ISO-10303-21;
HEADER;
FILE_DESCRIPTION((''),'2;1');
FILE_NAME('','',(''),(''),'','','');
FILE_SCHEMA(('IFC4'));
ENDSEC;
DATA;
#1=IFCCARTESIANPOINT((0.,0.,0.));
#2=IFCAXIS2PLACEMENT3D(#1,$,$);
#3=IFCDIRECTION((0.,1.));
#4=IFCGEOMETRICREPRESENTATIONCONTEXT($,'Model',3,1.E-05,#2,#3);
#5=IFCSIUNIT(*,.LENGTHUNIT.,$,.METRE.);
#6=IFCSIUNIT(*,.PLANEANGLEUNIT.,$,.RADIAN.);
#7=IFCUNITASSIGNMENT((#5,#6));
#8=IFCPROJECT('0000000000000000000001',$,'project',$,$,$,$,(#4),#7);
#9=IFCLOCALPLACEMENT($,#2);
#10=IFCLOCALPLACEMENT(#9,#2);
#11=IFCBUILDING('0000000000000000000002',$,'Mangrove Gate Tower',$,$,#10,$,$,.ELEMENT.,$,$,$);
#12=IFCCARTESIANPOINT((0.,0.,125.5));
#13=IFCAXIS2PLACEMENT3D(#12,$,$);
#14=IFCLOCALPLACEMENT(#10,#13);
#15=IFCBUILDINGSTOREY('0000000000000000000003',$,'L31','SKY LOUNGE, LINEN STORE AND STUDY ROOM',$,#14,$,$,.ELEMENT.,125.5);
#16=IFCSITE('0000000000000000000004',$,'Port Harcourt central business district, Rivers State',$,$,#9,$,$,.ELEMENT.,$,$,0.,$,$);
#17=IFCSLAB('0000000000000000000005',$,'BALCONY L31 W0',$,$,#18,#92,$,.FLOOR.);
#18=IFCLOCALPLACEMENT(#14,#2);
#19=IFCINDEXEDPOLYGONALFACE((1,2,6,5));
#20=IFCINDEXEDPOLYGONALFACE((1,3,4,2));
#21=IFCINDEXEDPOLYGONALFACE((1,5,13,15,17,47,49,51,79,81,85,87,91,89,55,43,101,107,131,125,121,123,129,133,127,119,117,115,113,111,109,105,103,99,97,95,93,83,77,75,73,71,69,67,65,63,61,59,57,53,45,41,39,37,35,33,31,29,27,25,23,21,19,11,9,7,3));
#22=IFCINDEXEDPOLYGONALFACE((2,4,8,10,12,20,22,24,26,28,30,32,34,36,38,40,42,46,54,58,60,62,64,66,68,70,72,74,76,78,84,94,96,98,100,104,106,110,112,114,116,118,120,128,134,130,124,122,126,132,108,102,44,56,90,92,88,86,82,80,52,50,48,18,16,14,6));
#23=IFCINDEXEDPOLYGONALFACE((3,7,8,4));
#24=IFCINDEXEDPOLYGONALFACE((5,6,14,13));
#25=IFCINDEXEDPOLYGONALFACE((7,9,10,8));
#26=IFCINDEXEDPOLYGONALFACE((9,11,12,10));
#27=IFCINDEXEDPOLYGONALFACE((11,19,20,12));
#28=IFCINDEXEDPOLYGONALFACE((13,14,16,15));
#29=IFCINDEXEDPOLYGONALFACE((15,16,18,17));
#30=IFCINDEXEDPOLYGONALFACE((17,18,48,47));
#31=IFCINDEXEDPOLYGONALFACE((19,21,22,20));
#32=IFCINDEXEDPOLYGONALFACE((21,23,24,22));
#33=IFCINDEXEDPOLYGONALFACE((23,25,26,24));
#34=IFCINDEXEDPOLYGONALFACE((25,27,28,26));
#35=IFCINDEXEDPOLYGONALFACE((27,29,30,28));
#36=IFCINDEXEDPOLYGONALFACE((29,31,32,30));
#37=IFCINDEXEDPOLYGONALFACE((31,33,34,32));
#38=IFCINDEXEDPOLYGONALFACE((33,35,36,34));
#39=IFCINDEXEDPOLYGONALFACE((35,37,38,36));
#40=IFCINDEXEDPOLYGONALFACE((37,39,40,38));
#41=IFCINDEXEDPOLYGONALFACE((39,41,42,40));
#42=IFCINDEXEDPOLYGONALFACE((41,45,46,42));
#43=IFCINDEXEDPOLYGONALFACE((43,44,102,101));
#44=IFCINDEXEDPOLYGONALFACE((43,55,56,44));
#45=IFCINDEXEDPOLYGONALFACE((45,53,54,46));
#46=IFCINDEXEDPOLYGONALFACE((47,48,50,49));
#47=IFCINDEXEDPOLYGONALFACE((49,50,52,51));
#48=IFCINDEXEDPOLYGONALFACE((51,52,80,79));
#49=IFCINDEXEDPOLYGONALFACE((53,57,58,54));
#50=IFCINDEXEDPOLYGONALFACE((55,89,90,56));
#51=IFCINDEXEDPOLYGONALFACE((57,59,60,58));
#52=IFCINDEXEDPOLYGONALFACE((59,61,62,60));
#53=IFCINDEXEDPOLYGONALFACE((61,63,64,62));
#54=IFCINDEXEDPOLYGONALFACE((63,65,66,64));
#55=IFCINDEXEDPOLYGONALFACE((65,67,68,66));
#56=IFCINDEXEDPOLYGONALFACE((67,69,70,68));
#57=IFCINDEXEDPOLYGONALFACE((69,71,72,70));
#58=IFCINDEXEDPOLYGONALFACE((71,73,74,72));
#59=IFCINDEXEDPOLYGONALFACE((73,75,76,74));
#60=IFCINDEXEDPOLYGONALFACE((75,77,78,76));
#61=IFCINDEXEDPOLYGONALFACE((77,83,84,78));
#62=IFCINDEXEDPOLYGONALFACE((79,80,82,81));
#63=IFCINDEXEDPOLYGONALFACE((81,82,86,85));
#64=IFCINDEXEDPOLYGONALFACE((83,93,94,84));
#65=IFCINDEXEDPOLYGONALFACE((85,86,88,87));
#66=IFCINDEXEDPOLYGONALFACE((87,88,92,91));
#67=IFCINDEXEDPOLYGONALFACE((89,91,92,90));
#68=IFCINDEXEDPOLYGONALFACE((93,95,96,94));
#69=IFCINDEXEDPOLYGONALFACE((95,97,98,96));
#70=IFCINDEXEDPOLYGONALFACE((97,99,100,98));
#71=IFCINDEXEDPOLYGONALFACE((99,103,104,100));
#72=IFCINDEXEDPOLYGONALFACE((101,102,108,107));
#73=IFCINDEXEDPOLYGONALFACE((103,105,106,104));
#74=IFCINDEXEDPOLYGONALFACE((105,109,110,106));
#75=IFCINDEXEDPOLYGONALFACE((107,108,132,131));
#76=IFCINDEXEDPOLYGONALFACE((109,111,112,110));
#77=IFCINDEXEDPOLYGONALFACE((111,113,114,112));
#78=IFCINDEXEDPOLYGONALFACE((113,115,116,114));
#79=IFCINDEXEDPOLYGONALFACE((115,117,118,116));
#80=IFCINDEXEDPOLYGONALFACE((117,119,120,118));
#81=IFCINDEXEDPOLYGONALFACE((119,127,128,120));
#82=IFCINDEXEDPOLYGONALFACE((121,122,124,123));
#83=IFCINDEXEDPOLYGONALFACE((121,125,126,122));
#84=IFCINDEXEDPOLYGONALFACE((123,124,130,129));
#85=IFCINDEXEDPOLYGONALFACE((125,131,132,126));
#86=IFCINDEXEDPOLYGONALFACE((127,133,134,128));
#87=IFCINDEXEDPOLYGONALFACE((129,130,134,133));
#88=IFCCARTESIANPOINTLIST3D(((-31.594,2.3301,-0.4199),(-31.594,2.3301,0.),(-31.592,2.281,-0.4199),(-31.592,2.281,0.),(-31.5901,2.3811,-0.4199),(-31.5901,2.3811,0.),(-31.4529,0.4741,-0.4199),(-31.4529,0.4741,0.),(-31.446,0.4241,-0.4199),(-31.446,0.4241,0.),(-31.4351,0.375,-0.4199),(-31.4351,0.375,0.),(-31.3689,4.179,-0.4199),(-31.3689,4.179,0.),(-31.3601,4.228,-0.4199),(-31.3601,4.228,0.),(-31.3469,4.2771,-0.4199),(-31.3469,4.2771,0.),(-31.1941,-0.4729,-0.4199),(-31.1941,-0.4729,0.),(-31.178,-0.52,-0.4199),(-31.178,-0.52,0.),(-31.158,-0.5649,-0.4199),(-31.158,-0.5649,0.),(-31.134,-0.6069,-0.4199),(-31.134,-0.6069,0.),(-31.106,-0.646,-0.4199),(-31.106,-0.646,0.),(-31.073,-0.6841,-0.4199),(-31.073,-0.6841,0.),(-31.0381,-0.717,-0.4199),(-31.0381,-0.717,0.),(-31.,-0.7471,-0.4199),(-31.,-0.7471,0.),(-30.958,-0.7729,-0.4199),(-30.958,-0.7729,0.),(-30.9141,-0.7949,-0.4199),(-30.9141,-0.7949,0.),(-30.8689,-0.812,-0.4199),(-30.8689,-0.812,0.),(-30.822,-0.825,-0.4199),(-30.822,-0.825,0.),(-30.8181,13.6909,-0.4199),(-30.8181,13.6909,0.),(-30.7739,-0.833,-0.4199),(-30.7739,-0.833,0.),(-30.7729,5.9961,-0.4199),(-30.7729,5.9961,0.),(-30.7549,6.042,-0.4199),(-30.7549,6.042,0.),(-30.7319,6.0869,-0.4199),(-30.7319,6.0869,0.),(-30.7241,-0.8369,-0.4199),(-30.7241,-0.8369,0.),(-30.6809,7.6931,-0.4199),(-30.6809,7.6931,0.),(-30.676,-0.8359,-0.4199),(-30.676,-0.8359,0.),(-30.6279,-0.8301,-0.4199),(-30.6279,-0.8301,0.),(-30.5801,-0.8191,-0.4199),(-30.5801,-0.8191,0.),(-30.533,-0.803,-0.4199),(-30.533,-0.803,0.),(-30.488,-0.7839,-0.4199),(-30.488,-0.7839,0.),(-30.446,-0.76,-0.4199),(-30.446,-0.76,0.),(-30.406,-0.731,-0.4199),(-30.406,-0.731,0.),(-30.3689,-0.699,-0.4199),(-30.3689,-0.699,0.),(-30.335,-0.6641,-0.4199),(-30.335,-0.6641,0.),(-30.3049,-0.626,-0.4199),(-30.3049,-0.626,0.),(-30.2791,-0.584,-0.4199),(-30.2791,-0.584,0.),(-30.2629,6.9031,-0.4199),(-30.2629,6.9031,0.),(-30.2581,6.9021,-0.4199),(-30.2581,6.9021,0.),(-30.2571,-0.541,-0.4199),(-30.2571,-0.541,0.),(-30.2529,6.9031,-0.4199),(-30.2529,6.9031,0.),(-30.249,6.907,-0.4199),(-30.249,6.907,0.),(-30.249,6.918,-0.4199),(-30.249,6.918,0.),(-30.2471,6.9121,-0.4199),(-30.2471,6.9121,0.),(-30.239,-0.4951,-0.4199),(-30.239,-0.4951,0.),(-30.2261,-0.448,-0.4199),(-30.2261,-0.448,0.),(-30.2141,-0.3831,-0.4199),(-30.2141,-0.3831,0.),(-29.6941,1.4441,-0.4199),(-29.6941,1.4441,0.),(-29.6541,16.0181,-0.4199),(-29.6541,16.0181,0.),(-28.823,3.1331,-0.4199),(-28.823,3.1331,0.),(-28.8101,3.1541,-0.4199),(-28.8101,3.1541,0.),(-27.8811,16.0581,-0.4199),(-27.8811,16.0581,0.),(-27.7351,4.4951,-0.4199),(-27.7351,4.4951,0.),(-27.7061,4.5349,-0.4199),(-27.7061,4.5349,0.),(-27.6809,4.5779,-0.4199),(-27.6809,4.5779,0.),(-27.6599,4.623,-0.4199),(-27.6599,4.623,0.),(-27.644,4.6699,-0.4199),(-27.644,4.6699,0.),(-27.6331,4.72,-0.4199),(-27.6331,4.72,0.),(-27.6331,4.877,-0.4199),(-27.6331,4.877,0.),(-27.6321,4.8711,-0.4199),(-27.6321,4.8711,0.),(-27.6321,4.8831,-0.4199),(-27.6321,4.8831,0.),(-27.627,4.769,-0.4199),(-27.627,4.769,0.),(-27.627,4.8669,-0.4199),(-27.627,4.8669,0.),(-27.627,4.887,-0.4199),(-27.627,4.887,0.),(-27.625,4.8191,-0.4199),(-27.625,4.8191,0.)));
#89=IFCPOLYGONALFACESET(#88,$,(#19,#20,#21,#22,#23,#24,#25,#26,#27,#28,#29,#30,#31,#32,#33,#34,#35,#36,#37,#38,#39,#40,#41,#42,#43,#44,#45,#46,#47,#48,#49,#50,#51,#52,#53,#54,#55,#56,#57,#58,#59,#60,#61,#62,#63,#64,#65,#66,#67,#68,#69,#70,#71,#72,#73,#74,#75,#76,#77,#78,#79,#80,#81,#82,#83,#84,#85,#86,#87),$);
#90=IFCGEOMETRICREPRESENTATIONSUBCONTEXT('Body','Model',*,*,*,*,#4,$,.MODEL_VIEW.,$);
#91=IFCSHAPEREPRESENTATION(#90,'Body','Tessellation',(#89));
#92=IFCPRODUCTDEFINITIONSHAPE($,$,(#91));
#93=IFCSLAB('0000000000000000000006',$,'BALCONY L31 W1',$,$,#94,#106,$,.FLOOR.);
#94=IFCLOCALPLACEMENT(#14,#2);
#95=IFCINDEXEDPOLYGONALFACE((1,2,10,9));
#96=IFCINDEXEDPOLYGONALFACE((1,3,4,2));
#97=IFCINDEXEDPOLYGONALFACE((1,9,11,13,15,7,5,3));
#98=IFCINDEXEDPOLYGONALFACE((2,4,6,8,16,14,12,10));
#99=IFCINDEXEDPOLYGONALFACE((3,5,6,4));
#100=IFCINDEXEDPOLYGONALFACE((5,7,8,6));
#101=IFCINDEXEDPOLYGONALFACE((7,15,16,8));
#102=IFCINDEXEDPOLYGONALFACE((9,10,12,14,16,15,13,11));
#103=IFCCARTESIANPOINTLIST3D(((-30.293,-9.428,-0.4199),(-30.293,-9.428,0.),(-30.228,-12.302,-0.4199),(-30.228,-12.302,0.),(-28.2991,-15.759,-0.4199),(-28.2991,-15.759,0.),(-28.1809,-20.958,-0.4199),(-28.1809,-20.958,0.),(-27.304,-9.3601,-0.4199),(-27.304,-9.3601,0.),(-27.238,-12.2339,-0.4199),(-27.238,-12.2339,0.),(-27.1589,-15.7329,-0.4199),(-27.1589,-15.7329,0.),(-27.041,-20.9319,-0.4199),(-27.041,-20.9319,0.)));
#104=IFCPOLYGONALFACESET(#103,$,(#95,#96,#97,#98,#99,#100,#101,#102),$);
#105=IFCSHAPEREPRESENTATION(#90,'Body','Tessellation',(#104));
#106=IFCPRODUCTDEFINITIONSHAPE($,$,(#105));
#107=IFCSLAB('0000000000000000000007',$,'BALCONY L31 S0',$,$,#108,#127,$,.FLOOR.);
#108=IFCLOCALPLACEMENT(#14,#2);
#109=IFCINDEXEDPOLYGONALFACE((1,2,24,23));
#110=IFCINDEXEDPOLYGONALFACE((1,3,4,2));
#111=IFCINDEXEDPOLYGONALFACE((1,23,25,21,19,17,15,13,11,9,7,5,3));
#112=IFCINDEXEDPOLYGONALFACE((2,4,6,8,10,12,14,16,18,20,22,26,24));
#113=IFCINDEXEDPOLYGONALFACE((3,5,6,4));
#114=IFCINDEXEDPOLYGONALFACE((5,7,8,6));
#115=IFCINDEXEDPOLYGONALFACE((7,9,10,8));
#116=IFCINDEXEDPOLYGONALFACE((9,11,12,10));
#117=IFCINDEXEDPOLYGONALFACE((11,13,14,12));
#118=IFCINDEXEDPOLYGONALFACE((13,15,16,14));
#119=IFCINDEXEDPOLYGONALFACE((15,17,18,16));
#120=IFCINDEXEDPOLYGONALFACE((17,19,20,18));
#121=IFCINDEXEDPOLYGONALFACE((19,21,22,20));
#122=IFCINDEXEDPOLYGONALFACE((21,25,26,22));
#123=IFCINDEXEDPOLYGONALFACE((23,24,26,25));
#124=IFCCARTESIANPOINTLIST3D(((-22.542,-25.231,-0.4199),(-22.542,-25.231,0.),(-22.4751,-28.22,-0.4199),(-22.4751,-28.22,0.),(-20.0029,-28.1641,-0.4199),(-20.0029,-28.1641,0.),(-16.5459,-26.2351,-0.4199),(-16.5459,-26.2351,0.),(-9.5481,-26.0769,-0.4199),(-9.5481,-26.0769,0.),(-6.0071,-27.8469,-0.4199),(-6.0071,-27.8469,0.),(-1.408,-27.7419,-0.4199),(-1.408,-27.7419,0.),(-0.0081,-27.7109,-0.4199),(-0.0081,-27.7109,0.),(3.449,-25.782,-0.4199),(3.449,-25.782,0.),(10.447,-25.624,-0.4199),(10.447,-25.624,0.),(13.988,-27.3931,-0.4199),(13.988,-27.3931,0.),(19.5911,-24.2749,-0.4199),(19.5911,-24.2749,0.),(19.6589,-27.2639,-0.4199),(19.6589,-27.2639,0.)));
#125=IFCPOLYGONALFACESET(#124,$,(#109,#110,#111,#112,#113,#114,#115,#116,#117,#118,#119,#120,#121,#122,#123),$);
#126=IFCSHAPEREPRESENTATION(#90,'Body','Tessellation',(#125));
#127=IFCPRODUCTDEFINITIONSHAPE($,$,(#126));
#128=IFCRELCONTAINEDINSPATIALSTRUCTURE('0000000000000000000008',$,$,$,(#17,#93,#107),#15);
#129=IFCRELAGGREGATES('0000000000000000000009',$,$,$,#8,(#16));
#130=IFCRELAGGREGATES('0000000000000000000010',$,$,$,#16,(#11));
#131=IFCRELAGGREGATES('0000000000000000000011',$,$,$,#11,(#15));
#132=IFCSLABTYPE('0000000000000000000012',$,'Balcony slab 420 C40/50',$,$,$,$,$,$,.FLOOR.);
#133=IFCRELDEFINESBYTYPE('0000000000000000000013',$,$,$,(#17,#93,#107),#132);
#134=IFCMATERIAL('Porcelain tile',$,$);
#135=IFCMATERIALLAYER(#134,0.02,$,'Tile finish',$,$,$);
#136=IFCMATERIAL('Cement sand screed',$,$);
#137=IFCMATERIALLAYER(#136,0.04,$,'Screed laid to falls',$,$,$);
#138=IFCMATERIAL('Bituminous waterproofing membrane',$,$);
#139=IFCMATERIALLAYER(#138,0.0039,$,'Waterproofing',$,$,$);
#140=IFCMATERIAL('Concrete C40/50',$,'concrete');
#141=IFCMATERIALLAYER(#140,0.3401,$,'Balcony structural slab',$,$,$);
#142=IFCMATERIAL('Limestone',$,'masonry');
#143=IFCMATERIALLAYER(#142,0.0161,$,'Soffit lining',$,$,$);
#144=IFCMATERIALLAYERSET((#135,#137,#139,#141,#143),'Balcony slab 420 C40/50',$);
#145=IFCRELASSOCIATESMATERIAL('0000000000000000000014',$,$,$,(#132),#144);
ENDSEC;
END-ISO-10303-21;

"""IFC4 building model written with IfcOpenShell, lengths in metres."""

from ifc_helpers import new_model, si_unit, direction, frame, origin, place, context, subcontext, project, spatial, polyline, outline, extrude, material, layer, layer_set, type_object, element, save


model = new_model("IFC4")

# Units and contexts
model_context = context("Model", 3, precision=1e-05, world=origin(), true_north=direction((0.0, 1.0)))
body_context = subcontext(model_context, "Body", "Model", "MODEL_VIEW")
ifc_project = project(units=[si_unit("LENGTHUNIT", "METRE"), si_unit("PLANEANGLEUNIT", "RADIAN")], contexts=[model_context])

# Site, building, storey
site_placement = place(None, origin())
site = spatial("IfcSite", under=ifc_project, at=site_placement, Name="Port Harcourt central business district, Rivers State", CompositionType="ELEMENT", RefElevation=0.0)
building_placement = place(site_placement, origin())
building = spatial("IfcBuilding", under=site, at=building_placement, Name="Mangrove Gate Tower", CompositionType="ELEMENT")
storey_placement = place(building_placement, frame((0.0, 0.0, 125.5)))
storey = spatial("IfcBuildingStorey", under=building, at=storey_placement, Name="L31", Description="SKY LOUNGE, LINEN STORE AND STUDY ROOM", CompositionType="ELEMENT", Elevation=125.5)

# Slabs
ifc_material_1 = material(Name="Porcelain tile")
ifc_layer_1 = layer(ifc_material_1, 0.02, Name="Tile finish")
ifc_material_2 = material(Name="Cement sand screed")
ifc_layer_2 = layer(ifc_material_2, 0.04, Name="Screed laid to falls")
ifc_material_3 = material(Name="Bituminous waterproofing membrane")
ifc_layer_3 = layer(ifc_material_3, 0.0039, Name="Waterproofing")
ifc_material_4 = material(Name="Concrete C40/50", Category="concrete")
ifc_layer_4 = layer(ifc_material_4, 0.3401, Name="Balcony structural slab")
ifc_material_5 = material(Name="Limestone", Category="masonry")
ifc_layer_5 = layer(ifc_material_5, 0.0161, Name="Soffit lining")
ifc_layer_set_1 = layer_set([ifc_layer_1, ifc_layer_2, ifc_layer_3, ifc_layer_4, ifc_layer_5], Name="Balcony slab 420 C40/50")
slab_type_1 = type_object("IfcSlabType", Name="Balcony slab 420 C40/50", PredefinedType="FLOOR", material=ifc_layer_set_1)
slab_1_placement = place(storey_placement, frame((0.0, 0.0, -0.4199)))
element("IfcSlab", 1, at=slab_1_placement, inside=storey, type_object=slab_type_1, Name="BALCONY L31 W0", PredefinedType="FLOOR", context=body_context, shape_type="SweptSolid", body=[
    extrude(outline(polyline([(-30.6809, 7.6931), (-30.249, 6.918), (-30.2471, 6.9121), (-30.249, 6.907), (-30.2529, 6.9031), (-30.2581, 6.9021), (-30.2629, 6.9031), (-30.7319, 6.0869), (-30.7549, 6.042), (-30.7729, 5.9961), (-31.3469, 4.2771), (-31.3601, 4.228), (-31.3689, 4.179), (-31.5901, 2.3811), (-31.594, 2.3301), (-31.592, 2.281), (-31.4529, 0.4741), (-31.446, 0.4241), (-31.4351, 0.375), (-31.1941, -0.4729), (-31.178, -0.52), (-31.158, -0.5649), (-31.134, -0.6069), (-31.106, -0.646), (-31.073, -0.6841), (-31.0381, -0.717), (-31.0, -0.7471), (-30.958, -0.7729), (-30.9141, -0.7949), (-30.8689, -0.812), (-30.822, -0.825), (-30.7739, -0.833), (-30.7241, -0.8369), (-30.676, -0.8359), (-30.6279, -0.8301), (-30.5801, -0.8191), (-30.533, -0.803), (-30.488, -0.7839), (-30.446, -0.76), (-30.406, -0.731), (-30.3689, -0.699), (-30.335, -0.6641), (-30.3049, -0.626), (-30.2791, -0.584), (-30.2571, -0.541), (-30.239, -0.4951), (-30.2261, -0.448), (-30.2141, -0.3831), (-29.6941, 1.4441), (-28.823, 3.1331), (-28.8101, 3.1541), (-27.7351, 4.4951), (-27.7061, 4.5349), (-27.6809, 4.5779), (-27.6599, 4.623), (-27.644, 4.6699), (-27.6331, 4.72), (-27.627, 4.769), (-27.625, 4.8191), (-27.627, 4.8669), (-27.6321, 4.8711), (-27.6331, 4.877), (-27.6321, 4.8831), (-27.627, 4.887), (-27.8811, 16.0581), (-29.6541, 16.0181), (-30.8181, 13.6909), (-30.6809, 7.6931)])), origin(), (0.0, 0.0, 1.0), 0.4199),
])
slab_2_placement = place(storey_placement, frame((0.0, 0.0, -0.4199)))
element("IfcSlab", 2, at=slab_2_placement, inside=storey, type_object=slab_type_1, Name="BALCONY L31 W1", PredefinedType="FLOOR", context=body_context, shape_type="SweptSolid", body=[
    extrude(outline(polyline([(-30.293, -9.428), (-30.228, -12.302), (-28.2991, -15.759), (-28.1809, -20.958), (-27.041, -20.9319), (-27.1589, -15.7329), (-27.238, -12.2339), (-27.304, -9.3601), (-30.293, -9.428)])), origin(), (0.0, 0.0, 1.0), 0.4199),
])
slab_3_placement = place(storey_placement, frame((0.0, 0.0, -0.4199)))
element("IfcSlab", 3, at=slab_3_placement, inside=storey, type_object=slab_type_1, Name="BALCONY L31 S0", PredefinedType="FLOOR", context=body_context, shape_type="SweptSolid", body=[
    extrude(outline(polyline([(-22.4751, -28.22), (-20.0029, -28.1641), (-16.5459, -26.2351), (-9.5481, -26.0769), (-6.0071, -27.8469), (-1.408, -27.7419), (-0.0081, -27.7109), (3.449, -25.782), (10.447, -25.624), (13.988, -27.3931), (19.6589, -27.2639), (19.5911, -24.2749), (-22.542, -25.231), (-22.4751, -28.22)])), origin(), (0.0, 0.0, 1.0), 0.4199),
])

save(model, "model.ifc")
